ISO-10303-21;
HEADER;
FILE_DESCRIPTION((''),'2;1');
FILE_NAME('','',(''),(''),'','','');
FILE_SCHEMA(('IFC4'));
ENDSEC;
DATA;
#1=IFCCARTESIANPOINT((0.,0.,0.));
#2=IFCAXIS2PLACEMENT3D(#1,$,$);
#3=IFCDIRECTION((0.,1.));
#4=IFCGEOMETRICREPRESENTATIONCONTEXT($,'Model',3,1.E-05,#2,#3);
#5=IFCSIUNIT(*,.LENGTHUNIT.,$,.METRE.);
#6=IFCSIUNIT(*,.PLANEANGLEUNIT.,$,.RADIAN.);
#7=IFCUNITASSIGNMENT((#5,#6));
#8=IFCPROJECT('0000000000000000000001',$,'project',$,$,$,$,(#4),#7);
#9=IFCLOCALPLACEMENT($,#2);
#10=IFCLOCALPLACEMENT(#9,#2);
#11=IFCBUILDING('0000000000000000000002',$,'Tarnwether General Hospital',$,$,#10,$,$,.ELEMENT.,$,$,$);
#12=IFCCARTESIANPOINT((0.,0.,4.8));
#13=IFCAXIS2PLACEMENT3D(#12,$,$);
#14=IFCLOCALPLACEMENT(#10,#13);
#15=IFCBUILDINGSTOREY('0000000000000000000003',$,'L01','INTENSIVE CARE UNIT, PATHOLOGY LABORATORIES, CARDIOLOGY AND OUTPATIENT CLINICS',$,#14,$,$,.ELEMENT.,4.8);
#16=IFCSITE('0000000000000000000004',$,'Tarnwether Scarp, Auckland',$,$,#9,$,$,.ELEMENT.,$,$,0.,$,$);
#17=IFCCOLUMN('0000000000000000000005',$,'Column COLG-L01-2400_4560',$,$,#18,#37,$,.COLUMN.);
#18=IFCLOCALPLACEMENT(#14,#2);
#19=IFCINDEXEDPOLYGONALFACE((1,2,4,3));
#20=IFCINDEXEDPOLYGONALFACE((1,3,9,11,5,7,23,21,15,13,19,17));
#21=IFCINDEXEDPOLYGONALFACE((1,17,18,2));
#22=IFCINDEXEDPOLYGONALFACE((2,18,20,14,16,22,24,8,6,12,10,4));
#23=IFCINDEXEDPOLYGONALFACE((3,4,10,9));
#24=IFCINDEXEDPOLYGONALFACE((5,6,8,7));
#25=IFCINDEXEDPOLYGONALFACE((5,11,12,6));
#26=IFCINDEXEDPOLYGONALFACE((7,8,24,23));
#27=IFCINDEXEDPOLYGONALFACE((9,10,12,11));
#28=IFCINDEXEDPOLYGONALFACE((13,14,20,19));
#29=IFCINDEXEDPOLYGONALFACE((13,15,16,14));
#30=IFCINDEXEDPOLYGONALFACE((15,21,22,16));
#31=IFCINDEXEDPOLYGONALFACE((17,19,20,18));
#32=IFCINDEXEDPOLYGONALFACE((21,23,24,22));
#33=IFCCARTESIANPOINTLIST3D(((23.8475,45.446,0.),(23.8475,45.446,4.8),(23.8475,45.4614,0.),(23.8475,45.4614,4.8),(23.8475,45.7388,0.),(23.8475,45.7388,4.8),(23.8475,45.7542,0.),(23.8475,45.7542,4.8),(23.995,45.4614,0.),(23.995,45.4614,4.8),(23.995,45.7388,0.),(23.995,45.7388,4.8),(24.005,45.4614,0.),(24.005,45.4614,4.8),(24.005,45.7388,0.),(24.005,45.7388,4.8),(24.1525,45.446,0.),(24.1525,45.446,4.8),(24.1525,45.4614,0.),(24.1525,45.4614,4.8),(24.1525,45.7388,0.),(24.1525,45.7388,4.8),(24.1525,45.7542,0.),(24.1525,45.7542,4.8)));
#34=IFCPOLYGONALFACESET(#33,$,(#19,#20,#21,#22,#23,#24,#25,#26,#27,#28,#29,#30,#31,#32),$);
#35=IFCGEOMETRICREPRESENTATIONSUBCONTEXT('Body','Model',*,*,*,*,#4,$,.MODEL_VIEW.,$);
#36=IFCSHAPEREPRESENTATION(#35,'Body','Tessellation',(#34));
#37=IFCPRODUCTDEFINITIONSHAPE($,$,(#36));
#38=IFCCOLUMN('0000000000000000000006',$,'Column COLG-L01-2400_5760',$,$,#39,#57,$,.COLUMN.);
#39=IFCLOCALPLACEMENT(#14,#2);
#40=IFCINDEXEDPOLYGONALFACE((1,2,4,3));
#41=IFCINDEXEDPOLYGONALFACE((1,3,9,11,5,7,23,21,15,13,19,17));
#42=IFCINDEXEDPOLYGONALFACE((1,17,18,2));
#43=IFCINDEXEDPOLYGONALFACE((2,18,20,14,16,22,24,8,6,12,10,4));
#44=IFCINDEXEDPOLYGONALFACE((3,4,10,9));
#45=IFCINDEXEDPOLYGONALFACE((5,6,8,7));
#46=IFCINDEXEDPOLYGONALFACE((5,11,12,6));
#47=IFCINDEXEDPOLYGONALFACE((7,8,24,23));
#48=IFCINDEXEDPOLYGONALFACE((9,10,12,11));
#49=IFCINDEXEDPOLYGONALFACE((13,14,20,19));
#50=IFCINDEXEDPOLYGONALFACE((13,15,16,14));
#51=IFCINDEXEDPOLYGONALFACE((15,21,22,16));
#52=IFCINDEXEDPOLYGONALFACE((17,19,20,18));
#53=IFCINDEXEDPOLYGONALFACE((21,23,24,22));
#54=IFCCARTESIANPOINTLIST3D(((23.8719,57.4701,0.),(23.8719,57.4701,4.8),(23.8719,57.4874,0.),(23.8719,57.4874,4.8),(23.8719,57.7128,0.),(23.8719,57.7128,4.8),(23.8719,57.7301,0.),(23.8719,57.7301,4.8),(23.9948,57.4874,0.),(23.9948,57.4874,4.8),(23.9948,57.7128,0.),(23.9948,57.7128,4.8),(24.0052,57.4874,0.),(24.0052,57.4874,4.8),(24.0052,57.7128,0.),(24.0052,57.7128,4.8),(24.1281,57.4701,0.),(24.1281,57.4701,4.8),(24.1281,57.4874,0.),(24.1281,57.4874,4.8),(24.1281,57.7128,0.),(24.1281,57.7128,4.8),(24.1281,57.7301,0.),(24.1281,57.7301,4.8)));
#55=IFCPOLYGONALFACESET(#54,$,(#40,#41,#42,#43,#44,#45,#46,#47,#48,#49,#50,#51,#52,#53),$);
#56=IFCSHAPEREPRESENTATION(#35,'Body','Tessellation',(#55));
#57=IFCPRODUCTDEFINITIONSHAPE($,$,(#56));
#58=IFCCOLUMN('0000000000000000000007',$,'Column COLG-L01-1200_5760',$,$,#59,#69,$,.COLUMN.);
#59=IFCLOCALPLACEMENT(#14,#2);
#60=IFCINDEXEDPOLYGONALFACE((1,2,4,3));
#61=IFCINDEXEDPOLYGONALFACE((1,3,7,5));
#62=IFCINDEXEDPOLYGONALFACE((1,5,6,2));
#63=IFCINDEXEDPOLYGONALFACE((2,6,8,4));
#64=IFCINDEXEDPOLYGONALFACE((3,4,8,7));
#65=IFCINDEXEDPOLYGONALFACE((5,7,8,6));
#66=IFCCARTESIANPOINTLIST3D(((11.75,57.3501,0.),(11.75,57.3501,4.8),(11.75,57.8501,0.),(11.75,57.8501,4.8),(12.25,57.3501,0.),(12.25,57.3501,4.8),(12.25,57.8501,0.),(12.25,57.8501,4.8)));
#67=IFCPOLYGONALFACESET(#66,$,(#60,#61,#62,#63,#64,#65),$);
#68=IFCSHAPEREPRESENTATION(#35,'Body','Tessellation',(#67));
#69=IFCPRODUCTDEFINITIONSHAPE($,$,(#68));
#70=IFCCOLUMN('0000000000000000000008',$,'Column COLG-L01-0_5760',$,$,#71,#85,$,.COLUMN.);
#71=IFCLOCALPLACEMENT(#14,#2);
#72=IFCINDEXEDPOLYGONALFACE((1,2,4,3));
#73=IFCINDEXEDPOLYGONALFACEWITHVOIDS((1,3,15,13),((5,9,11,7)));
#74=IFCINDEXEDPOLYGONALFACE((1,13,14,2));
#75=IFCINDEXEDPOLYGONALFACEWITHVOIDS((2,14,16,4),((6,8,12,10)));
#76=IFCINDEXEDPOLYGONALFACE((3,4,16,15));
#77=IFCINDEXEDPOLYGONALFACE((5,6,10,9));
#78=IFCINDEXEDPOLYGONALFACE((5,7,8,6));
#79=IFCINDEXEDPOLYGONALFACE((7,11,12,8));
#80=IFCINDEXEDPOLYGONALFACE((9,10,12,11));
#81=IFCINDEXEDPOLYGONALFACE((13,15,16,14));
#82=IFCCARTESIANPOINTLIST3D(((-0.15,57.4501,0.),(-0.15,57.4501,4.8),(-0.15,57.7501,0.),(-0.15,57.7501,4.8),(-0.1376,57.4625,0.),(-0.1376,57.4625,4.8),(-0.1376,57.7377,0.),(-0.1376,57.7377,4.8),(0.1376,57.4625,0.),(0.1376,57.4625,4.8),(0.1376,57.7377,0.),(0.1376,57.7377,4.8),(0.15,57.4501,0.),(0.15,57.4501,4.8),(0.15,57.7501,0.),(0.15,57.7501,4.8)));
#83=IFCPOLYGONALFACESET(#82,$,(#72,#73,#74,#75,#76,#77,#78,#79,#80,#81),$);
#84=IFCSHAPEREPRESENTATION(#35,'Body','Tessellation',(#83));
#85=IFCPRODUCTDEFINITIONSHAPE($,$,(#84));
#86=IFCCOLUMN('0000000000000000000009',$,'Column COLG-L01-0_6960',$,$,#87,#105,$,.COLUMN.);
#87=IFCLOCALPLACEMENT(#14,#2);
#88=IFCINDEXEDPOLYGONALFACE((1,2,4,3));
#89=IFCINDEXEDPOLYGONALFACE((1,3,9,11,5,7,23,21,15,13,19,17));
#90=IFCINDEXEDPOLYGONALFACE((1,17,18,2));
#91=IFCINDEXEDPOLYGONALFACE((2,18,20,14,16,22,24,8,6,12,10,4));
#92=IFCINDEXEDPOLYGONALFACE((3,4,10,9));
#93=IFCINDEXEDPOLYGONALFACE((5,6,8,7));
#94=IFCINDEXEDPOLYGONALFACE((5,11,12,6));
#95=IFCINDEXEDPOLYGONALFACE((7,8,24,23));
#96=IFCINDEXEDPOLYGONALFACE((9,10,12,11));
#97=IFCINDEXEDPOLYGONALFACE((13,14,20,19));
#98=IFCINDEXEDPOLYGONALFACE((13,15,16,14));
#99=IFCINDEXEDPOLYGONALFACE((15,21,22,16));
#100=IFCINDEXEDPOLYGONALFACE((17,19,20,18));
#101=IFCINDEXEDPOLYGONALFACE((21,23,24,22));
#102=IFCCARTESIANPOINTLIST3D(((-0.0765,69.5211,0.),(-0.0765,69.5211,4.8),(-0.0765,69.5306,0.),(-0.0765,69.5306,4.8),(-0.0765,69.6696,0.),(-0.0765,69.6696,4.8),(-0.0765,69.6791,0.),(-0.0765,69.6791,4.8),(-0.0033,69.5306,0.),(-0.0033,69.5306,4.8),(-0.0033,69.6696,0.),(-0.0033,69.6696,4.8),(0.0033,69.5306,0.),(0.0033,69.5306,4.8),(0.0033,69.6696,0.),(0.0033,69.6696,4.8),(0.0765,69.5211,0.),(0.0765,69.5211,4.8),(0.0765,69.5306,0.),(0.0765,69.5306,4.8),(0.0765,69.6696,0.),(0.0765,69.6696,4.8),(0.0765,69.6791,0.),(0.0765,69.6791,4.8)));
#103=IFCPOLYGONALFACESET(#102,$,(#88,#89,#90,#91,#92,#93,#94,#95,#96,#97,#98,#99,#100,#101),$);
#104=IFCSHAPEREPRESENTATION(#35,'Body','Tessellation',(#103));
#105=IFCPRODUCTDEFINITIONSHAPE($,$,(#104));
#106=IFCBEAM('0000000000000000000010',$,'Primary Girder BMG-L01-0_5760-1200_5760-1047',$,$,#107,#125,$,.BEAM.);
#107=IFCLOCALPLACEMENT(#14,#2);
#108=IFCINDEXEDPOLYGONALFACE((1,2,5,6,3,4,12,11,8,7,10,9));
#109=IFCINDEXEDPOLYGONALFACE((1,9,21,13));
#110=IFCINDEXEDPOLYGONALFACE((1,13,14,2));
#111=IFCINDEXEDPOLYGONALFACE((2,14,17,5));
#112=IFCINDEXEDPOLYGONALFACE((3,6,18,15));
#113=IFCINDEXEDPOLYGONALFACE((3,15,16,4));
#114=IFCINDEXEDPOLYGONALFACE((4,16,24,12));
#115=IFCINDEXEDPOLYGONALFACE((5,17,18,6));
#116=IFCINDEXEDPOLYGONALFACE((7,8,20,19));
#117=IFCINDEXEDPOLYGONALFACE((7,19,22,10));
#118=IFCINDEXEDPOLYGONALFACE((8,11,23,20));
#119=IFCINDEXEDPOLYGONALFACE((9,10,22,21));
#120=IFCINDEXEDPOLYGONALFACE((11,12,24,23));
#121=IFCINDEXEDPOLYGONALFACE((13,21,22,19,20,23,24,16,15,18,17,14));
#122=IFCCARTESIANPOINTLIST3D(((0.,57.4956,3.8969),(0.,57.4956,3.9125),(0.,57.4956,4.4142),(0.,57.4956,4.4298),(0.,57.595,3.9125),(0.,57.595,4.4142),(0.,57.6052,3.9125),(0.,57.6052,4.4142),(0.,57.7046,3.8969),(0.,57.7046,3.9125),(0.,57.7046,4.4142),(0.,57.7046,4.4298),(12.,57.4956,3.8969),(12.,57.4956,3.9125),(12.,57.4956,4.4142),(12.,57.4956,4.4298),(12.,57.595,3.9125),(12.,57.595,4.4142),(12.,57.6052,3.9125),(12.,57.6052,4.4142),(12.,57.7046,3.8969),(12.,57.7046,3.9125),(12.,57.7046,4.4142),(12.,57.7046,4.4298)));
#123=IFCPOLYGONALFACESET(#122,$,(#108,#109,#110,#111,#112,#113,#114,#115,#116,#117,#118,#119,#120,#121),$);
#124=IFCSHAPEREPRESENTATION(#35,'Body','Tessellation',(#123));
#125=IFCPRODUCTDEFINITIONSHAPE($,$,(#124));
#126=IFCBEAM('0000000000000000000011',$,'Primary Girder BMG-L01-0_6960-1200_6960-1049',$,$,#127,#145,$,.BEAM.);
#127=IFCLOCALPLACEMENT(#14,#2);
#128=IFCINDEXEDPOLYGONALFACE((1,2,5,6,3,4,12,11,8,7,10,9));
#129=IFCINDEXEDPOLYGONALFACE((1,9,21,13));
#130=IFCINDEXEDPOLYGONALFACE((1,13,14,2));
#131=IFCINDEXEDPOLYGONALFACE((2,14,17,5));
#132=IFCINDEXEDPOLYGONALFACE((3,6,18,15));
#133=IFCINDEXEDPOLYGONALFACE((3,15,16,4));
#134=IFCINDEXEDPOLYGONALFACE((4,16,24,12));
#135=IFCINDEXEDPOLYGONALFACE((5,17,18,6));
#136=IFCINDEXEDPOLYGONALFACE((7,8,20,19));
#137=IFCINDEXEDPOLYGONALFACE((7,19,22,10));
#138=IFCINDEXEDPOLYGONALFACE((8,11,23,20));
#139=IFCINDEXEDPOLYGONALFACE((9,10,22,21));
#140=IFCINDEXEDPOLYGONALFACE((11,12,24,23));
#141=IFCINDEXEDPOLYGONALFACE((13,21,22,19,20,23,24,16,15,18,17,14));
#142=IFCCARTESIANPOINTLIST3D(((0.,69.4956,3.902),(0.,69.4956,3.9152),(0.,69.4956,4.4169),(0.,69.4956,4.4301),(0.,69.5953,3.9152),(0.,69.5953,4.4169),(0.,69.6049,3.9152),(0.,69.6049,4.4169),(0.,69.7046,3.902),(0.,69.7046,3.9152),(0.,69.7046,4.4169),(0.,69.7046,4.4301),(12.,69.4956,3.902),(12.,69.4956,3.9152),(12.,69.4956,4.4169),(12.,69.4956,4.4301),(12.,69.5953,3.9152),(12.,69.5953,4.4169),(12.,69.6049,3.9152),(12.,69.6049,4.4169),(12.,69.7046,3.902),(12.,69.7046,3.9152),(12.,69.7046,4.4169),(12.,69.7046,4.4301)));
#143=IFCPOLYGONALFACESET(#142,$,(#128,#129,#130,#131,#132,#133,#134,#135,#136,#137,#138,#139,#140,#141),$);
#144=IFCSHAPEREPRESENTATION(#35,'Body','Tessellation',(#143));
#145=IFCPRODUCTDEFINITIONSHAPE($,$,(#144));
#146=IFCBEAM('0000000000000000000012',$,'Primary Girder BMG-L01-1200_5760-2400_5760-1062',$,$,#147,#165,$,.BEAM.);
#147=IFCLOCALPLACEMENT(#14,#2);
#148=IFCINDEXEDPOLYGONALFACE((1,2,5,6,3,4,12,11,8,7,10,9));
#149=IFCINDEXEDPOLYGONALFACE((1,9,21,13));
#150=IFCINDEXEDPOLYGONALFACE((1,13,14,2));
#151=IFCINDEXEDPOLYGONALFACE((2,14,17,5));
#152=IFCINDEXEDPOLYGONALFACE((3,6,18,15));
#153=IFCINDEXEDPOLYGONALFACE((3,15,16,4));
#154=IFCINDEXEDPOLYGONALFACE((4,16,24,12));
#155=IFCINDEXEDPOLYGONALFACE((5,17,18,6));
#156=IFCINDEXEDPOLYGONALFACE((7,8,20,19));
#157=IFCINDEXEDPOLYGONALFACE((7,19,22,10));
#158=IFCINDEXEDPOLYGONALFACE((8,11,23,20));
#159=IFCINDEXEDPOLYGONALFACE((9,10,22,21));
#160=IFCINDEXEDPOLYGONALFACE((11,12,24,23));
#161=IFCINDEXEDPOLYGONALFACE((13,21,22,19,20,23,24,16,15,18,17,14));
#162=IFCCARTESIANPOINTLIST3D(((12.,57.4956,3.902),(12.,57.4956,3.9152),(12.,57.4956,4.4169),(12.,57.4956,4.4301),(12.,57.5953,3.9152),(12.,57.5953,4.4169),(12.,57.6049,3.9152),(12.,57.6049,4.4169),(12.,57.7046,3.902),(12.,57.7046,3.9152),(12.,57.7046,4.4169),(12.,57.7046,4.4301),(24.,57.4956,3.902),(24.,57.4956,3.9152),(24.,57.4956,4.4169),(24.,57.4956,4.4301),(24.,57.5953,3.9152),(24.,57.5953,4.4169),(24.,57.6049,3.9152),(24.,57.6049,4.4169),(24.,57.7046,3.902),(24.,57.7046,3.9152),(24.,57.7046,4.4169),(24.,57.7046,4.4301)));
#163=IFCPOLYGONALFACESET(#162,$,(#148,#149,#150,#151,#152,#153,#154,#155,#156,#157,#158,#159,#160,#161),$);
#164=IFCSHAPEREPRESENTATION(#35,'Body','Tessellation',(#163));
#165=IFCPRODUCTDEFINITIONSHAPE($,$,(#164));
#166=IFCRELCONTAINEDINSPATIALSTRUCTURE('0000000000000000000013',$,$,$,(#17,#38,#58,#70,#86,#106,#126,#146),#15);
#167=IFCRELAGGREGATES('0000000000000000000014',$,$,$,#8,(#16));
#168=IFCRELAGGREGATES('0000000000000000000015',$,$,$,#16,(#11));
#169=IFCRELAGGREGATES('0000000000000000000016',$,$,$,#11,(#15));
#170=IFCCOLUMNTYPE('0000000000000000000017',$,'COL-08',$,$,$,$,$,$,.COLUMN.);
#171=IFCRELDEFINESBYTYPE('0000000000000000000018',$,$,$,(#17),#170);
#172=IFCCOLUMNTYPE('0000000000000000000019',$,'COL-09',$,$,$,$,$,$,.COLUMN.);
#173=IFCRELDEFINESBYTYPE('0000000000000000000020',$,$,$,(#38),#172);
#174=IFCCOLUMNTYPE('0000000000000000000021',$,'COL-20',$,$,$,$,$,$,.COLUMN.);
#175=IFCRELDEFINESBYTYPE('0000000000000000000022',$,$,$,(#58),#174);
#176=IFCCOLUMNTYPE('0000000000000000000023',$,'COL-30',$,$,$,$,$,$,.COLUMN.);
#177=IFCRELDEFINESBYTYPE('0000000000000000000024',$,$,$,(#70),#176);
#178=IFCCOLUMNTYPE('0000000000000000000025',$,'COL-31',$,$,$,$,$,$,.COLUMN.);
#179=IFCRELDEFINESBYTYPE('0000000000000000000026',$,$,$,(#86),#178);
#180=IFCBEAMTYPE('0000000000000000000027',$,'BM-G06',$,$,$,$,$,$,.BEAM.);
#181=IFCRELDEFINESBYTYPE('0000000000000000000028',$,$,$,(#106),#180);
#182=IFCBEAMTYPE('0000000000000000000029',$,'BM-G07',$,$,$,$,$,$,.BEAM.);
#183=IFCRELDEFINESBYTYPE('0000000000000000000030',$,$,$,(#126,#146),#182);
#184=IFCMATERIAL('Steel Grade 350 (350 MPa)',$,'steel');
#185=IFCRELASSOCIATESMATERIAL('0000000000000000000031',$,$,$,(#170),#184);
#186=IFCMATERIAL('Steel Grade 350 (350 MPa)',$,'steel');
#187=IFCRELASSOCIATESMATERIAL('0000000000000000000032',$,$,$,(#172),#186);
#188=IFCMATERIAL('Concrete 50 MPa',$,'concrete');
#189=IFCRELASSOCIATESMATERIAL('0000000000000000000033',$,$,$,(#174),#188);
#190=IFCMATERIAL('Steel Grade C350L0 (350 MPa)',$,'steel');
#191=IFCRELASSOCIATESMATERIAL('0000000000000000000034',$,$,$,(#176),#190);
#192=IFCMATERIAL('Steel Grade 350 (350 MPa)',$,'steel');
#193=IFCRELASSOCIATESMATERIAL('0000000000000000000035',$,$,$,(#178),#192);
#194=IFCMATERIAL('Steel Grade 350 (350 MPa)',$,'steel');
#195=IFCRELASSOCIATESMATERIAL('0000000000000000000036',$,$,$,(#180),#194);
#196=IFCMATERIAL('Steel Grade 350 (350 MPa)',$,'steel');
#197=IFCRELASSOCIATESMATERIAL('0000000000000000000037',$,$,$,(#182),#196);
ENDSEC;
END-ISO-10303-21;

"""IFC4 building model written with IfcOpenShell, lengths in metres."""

from ifc_helpers import new_model, si_unit, direction, frame, origin, origin_2d, place, context, subcontext, project, spatial, rectangle, hollow_rectangle, i_section, extrude, material, material_profile, profile_set, type_object, element, save


model = new_model("IFC4")

# Units and contexts
model_context = context("Model", 3, precision=1e-05, world=origin(), true_north=direction((0.0, 1.0)))
body_context = subcontext(model_context, "Body", "Model", "MODEL_VIEW")
ifc_project = project(units=[si_unit("LENGTHUNIT", "METRE"), si_unit("PLANEANGLEUNIT", "RADIAN")], contexts=[model_context])

# Site, building, storey
site_placement = place(None, origin())
site = spatial("IfcSite", under=ifc_project, at=site_placement, Name="Tarnwether Scarp, Auckland", CompositionType="ELEMENT", RefElevation=0.0)
building_placement = place(site_placement, origin())
building = spatial("IfcBuilding", under=site, at=building_placement, Name="Tarnwether General Hospital", CompositionType="ELEMENT")
storey_placement = place(building_placement, frame((0.0, 0.0, 4.8)))
storey = spatial("IfcBuildingStorey", under=building, at=storey_placement, Name="L01", Description="INTENSIVE CARE UNIT, PATHOLOGY LABORATORIES, CARDIOLOGY AND OUTPATIENT CLINICS", CompositionType="ELEMENT", Elevation=4.8)

# Columns
ifc_material_1 = material(Name="Steel Grade 350 (350 MPa)", Category="steel")
ifc_material_profile_1 = material_profile(ifc_material_1, i_section(OverallWidth=0.3049, OverallDepth=0.3081, WebThickness=0.01, FlangeThickness=0.0154, at=origin_2d()), Name="310UC96.8")
ifc_profile_set_1 = profile_set([ifc_material_profile_1], Name="Steel Grade 350 (350 MPa)")
column_type_1 = type_object("IfcColumnType", Name="COL-08", PredefinedType="COLUMN", material=ifc_profile_set_1)
column_1_placement = place(storey_placement, frame((24.0, 45.6001, 0.0), z_axis=(0.0, 0.0, 1.0), x_axis=(1.0, 0.0, 0.0)))
element("IfcColumn", 1, at=column_1_placement, inside=storey, type_object=column_type_1, Name="Column COLG-L01-2400_4560", PredefinedType="COLUMN", context=body_context, shape_type="SweptSolid", body=[
    extrude(i_section(OverallWidth=0.3049, OverallDepth=0.3081, WebThickness=0.01, FlangeThickness=0.0154, at=origin_2d()), origin(), (0.0, 0.0, 1.0), 4.8),
])
ifc_material_2 = material(Name="Steel Grade 350 (350 MPa)", Category="steel")
ifc_material_profile_2 = material_profile(ifc_material_2, i_section(OverallWidth=0.2561, OverallDepth=0.26, WebThickness=0.0105, FlangeThickness=0.0173, at=origin_2d()), Name="250UC89.5")
ifc_profile_set_2 = profile_set([ifc_material_profile_2], Name="Steel Grade 350 (350 MPa)")
column_type_2 = type_object("IfcColumnType", Name="COL-09", PredefinedType="COLUMN", material=ifc_profile_set_2)
column_2_placement = place(storey_placement, frame((24.0, 57.6001, 0.0), z_axis=(0.0, 0.0, 1.0), x_axis=(1.0, 0.0, 0.0)))
element("IfcColumn", 2, at=column_2_placement, inside=storey, type_object=column_type_2, Name="Column COLG-L01-2400_5760", PredefinedType="COLUMN", context=body_context, shape_type="SweptSolid", body=[
    extrude(i_section(OverallWidth=0.2561, OverallDepth=0.26, WebThickness=0.0105, FlangeThickness=0.0173, at=origin_2d()), origin(), (0.0, 0.0, 1.0), 4.8),
])
ifc_material_3 = material(Name="Concrete 50 MPa", Category="concrete")
ifc_material_profile_3 = material_profile(ifc_material_3, rectangle(XDim=0.5, YDim=0.5, at=origin_2d()), Name="RC-COL-500x500")
ifc_profile_set_3 = profile_set([ifc_material_profile_3], Name="Concrete 50 MPa")
column_type_3 = type_object("IfcColumnType", Name="COL-20", PredefinedType="COLUMN", material=ifc_profile_set_3)
column_3_placement = place(storey_placement, frame((12.0, 57.6001, 0.0), z_axis=(0.0, 0.0, 1.0), x_axis=(0.0, 1.0, 0.0)))
element("IfcColumn", 3, at=column_3_placement, inside=storey, type_object=column_type_3, Name="Column COLG-L01-1200_5760", PredefinedType="COLUMN", context=body_context, shape_type="SweptSolid", body=[
    extrude(rectangle(XDim=0.5, YDim=0.5, at=origin_2d()), origin(), (0.0, 0.0, 1.0), 4.8),
])
ifc_material_4 = material(Name="Steel Grade C350L0 (350 MPa)", Category="steel")
ifc_material_profile_4 = material_profile(ifc_material_4, hollow_rectangle(XDim=0.3, YDim=0.3, WallThickness=0.0125, at=origin_2d()), Name="SHS300x300x12.5")
ifc_profile_set_4 = profile_set([ifc_material_profile_4], Name="Steel Grade C350L0 (350 MPa)")
column_type_4 = type_object("IfcColumnType", Name="COL-30", PredefinedType="COLUMN", material=ifc_profile_set_4)
column_4_placement = place(storey_placement, frame((0.0, 57.6001, 0.0), z_axis=(0.0, 0.0, 1.0), x_axis=(1.0, 0.0, 0.0)))
element("IfcColumn", 4, at=column_4_placement, inside=storey, type_object=column_type_4, Name="Column COLG-L01-0_5760", PredefinedType="COLUMN", context=body_context, shape_type="SweptSolid", body=[
    extrude(hollow_rectangle(XDim=0.3, YDim=0.3, WallThickness=0.0125, at=origin_2d()), origin(), (0.0, 0.0, 1.0), 4.8),
])
ifc_material_5 = material(Name="Steel Grade 350 (350 MPa)", Category="steel")
ifc_material_profile_5 = material_profile(ifc_material_5, i_section(OverallWidth=0.1531, OverallDepth=0.158, WebThickness=0.0066, FlangeThickness=0.0095, at=origin_2d()), Name="150UC30.0")
ifc_profile_set_5 = profile_set([ifc_material_profile_5], Name="Steel Grade 350 (350 MPa)")
column_type_5 = type_object("IfcColumnType", Name="COL-31", PredefinedType="COLUMN", material=ifc_profile_set_5)
column_5_placement = place(storey_placement, frame((0.0, 69.6001, 0.0), z_axis=(0.0, 0.0, 1.0), x_axis=(1.0, 0.0, 0.0)))
element("IfcColumn", 5, at=column_5_placement, inside=storey, type_object=column_type_5, Name="Column COLG-L01-0_6960", PredefinedType="COLUMN", context=body_context, shape_type="SweptSolid", body=[
    extrude(i_section(OverallWidth=0.1531, OverallDepth=0.158, WebThickness=0.0066, FlangeThickness=0.0095, at=origin_2d()), origin(), (0.0, 0.0, 1.0), 4.8),
])

# Beams
ifc_material_6 = material(Name="Steel Grade 350 (350 MPa)", Category="steel")
ifc_material_profile_6 = material_profile(ifc_material_6, i_section(OverallWidth=0.209, OverallDepth=0.533, WebThickness=0.0103, FlangeThickness=0.0156, at=origin_2d()), Name="530UB92.4")
ifc_profile_set_6 = profile_set([ifc_material_profile_6], Name="Steel Grade 350 (350 MPa)")
beam_type_1 = type_object("IfcBeamType", Name="BM-G06", PredefinedType="BEAM", material=ifc_profile_set_6)
beam_1_placement = place(storey_placement, frame((0.0, 57.6001, 4.1633), z_axis=(1.0, 0.0, 0.0), x_axis=(0.0, 1.0, 0.0)))
element("IfcBeam", 6, at=beam_1_placement, inside=storey, type_object=beam_type_1, Name="Primary Girder BMG-L01-0_5760-1200_5760-1047", PredefinedType="BEAM", context=body_context, shape_type="SweptSolid", body=[
    extrude(i_section(OverallWidth=0.209, OverallDepth=0.533, WebThickness=0.0103, FlangeThickness=0.0156, at=origin_2d()), origin(), (0.0, 0.0, 1.0), 12.0),
])
ifc_material_7 = material(Name="Steel Grade 350 (350 MPa)", Category="steel")
ifc_material_profile_7 = material_profile(ifc_material_7, i_section(OverallWidth=0.209, OverallDepth=0.5281, WebThickness=0.0095, FlangeThickness=0.0132, at=origin_2d()), Name="530UB82.0")
ifc_profile_set_7 = profile_set([ifc_material_profile_7], Name="Steel Grade 350 (350 MPa)")
beam_type_2 = type_object("IfcBeamType", Name="BM-G07", PredefinedType="BEAM", material=ifc_profile_set_7)
for number, where, z_axis, x_axis, name in (
    (7, (0.0, 69.6001, 4.166), (1.0, 0.0, 0.0), (0.0, 1.0, 0.0), "Primary Girder BMG-L01-0_6960-1200_6960-1049"),
    (8, (12.0, 57.6001, 4.166), (1.0, 0.0, 0.0), (0.0, 1.0, 0.0), "Primary Girder BMG-L01-1200_5760-2400_5760-1062"),
):
    element("IfcBeam", number, at=place(storey_placement, frame(where, z_axis=z_axis, x_axis=x_axis)), inside=storey, type_object=beam_type_2, Name=name, PredefinedType="BEAM", context=body_context, shape_type="SweptSolid", body=[
        extrude(i_section(OverallWidth=0.209, OverallDepth=0.5281, WebThickness=0.0095, FlangeThickness=0.0132, at=origin_2d()), origin(), (0.0, 0.0, 1.0), 12.0),
    ])

save(model, "model.ifc")
